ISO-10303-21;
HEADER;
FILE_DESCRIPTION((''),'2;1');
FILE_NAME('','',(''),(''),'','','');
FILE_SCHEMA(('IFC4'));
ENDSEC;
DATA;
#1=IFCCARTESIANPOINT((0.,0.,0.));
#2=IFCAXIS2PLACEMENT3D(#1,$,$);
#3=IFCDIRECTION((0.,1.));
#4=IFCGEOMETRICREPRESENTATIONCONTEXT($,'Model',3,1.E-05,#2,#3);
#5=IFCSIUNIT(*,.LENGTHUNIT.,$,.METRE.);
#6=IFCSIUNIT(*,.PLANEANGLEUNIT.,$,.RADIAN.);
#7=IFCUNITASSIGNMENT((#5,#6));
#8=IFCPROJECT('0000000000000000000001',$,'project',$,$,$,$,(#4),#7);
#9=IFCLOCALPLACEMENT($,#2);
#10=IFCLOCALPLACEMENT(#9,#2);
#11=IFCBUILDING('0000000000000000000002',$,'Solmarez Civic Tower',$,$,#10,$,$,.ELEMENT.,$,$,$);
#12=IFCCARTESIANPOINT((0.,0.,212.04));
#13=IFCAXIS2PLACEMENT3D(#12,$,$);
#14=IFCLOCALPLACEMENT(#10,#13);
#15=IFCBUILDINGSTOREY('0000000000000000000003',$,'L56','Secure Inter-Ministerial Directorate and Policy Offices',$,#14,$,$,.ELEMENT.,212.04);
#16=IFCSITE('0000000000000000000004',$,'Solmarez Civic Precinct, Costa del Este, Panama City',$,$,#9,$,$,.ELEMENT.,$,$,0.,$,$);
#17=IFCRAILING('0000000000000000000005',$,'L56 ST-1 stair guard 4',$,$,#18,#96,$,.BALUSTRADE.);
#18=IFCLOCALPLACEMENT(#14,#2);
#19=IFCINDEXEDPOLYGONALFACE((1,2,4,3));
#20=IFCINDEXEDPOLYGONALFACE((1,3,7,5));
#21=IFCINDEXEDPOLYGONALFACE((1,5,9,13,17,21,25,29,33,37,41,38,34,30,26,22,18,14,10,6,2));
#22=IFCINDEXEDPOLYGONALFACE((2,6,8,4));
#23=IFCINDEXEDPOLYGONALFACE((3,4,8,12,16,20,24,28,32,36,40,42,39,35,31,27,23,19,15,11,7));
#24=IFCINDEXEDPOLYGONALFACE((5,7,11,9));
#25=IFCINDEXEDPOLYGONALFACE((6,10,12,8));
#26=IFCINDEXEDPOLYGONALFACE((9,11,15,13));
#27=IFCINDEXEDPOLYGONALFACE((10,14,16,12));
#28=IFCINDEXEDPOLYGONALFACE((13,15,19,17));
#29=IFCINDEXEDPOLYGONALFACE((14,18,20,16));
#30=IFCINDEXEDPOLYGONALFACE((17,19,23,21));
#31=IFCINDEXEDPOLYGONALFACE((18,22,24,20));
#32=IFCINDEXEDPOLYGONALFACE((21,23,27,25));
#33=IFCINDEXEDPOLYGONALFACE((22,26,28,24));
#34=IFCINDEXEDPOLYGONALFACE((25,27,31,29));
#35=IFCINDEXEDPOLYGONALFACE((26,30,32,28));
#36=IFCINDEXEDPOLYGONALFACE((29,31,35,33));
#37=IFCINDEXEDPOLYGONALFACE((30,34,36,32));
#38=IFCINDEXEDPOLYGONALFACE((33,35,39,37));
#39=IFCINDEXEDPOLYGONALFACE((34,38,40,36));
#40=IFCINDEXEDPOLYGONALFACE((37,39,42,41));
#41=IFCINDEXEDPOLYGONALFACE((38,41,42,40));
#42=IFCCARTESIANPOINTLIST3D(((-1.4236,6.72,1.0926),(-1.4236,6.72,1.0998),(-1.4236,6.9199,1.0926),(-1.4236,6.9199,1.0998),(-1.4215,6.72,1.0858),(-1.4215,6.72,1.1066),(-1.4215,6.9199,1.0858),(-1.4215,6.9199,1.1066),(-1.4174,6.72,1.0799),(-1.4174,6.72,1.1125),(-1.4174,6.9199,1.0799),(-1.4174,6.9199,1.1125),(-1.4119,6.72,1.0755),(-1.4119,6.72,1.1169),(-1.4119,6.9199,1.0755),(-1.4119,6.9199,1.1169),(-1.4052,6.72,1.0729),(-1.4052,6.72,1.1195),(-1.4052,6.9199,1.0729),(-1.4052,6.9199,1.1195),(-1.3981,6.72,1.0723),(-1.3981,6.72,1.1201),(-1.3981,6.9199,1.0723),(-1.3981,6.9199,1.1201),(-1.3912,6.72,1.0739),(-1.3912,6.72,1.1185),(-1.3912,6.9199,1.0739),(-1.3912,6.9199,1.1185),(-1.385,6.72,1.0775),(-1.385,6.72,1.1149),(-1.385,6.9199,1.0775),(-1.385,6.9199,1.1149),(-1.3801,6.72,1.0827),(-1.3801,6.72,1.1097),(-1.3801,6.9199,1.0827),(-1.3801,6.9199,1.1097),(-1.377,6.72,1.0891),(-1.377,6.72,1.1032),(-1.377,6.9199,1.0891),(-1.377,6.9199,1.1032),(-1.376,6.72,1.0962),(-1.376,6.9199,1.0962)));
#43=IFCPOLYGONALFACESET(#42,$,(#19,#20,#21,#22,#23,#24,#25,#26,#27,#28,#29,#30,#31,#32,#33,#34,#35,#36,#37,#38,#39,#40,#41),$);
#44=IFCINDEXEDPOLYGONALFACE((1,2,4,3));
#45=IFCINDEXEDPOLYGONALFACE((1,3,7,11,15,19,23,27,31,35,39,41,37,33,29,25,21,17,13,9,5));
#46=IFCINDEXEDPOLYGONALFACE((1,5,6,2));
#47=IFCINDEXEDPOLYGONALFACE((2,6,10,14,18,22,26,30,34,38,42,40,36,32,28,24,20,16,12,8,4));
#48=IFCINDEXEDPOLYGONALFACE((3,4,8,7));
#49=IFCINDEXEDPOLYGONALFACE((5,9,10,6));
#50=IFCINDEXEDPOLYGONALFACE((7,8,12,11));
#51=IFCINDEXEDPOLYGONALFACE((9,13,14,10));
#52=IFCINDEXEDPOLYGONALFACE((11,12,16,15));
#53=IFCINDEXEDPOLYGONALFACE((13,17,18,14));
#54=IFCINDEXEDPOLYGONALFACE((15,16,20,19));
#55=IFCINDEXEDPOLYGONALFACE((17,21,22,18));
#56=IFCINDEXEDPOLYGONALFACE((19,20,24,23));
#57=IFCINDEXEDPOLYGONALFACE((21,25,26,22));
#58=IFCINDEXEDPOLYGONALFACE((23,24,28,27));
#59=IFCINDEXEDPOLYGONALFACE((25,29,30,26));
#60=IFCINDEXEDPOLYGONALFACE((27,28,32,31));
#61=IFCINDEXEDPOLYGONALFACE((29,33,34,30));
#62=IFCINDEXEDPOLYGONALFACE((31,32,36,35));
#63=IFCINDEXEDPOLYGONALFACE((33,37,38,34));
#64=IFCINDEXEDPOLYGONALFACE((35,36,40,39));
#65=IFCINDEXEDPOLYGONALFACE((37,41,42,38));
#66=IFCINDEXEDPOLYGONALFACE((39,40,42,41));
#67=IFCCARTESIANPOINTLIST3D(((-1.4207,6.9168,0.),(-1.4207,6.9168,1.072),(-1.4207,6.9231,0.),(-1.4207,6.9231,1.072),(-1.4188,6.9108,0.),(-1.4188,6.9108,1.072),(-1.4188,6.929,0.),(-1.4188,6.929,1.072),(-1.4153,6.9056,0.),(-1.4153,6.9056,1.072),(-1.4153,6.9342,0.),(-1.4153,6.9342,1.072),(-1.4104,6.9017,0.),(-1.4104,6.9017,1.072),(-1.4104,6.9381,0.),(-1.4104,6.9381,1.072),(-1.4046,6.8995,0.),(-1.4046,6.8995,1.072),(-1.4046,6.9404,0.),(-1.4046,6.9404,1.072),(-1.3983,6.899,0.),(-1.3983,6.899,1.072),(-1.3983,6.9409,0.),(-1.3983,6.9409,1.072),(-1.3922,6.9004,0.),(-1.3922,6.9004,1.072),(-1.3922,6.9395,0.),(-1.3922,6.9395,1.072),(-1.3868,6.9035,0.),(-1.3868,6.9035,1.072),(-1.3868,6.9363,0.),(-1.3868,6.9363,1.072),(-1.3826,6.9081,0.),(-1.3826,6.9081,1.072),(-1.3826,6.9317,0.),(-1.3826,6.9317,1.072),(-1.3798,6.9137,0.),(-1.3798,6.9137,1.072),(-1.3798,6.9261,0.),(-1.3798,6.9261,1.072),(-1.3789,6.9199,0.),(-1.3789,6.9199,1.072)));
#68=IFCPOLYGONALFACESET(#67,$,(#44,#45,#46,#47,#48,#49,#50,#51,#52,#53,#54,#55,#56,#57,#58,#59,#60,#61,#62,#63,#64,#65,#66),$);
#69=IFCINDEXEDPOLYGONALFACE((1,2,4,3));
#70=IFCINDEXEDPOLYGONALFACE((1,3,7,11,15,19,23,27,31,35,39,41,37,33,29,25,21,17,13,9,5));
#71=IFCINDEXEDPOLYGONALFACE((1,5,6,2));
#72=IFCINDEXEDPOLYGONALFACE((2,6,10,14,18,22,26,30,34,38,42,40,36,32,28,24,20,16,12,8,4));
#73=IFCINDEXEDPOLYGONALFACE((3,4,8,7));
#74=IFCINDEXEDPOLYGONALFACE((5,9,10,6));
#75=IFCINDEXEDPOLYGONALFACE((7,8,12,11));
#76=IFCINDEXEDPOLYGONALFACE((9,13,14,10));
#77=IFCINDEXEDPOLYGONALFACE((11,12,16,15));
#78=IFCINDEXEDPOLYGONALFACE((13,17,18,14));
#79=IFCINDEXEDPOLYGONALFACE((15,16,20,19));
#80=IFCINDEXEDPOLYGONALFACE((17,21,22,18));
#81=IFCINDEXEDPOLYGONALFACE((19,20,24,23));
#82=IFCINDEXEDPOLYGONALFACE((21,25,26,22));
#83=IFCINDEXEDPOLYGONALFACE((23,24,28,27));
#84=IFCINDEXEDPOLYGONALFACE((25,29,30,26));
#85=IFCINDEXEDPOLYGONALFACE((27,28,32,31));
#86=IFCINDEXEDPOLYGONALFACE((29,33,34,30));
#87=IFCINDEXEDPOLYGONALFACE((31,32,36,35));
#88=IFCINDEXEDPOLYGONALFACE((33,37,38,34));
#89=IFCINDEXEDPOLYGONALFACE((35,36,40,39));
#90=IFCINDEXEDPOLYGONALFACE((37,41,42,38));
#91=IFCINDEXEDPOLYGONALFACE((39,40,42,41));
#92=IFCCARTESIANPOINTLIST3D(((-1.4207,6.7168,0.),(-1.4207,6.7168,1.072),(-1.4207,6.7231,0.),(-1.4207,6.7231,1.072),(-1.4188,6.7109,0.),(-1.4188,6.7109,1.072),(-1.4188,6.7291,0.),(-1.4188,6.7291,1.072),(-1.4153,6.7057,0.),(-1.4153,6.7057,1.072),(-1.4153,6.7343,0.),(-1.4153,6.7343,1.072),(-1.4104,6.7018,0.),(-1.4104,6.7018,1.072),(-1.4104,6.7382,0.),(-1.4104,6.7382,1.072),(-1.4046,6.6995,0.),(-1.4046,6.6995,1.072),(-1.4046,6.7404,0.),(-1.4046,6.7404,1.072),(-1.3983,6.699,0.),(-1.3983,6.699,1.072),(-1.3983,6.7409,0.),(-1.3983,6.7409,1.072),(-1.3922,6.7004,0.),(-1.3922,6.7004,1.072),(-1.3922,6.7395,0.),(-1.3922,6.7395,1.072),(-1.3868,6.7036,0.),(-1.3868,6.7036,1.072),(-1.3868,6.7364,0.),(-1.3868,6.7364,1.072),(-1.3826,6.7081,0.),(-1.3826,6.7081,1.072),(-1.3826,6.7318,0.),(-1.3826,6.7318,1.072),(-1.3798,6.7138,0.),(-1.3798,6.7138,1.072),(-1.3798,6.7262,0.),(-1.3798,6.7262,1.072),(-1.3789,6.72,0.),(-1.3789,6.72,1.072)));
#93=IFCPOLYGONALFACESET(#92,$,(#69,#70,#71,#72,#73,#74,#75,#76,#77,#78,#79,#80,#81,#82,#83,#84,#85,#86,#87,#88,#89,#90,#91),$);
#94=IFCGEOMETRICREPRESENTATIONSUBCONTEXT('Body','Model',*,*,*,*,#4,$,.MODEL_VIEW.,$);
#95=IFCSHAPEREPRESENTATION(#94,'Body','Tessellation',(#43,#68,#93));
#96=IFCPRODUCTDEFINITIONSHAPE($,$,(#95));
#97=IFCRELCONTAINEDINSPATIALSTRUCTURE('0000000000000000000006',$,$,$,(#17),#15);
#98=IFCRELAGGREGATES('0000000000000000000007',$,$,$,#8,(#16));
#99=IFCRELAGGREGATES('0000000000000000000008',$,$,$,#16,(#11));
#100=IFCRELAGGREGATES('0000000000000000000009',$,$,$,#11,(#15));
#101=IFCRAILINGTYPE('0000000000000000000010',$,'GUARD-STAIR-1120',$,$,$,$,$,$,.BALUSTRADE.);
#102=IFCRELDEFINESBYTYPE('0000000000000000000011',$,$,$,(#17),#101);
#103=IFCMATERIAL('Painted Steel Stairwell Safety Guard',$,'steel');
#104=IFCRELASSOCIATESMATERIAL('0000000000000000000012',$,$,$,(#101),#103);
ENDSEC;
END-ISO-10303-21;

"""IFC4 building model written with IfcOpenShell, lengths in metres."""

from ifc_helpers import new_model, si_unit, direction, frame, origin, origin_2d, place, context, subcontext, project, spatial, circle, extrude, material, type_object, element, save


model = new_model("IFC4")

# Units and contexts
model_context = context("Model", 3, precision=1e-05, world=origin(), true_north=direction((0.0, 1.0)))
body_context = subcontext(model_context, "Body", "Model", "MODEL_VIEW")
ifc_project = project(units=[si_unit("LENGTHUNIT", "METRE"), si_unit("PLANEANGLEUNIT", "RADIAN")], contexts=[model_context])

# Site, building, storey
site_placement = place(None, origin())
site = spatial("IfcSite", under=ifc_project, at=site_placement, Name="Solmarez Civic Precinct, Costa del Este, Panama City", CompositionType="ELEMENT", RefElevation=0.0)
building_placement = place(site_placement, origin())
building = spatial("IfcBuilding", under=site, at=building_placement, Name="Solmarez Civic Tower", CompositionType="ELEMENT")
storey_placement = place(building_placement, frame((0.0, 0.0, 212.04)))
storey = spatial("IfcBuildingStorey", under=building, at=storey_placement, Name="L56", Description="Secure Inter-Ministerial Directorate and Policy Offices", CompositionType="ELEMENT", Elevation=212.04)

# Railing
ifc_material_1 = material(Name="Painted Steel Stairwell Safety Guard", Category="steel")
railing_type_1 = type_object("IfcRailingType", Name="GUARD-STAIR-1120", PredefinedType="BALUSTRADE", material=ifc_material_1)
railing_1_placement = place(storey_placement, frame((-1.3999, 6.9199, 0.0)))
element("IfcRailing", 1, at=railing_1_placement, inside=storey, type_object=railing_type_1, Name="L56 ST-1 stair guard 4", PredefinedType="BALUSTRADE", context=body_context, shape_type="SweptSolid", body=[
    extrude(circle(Radius=0.0239, at=origin_2d()), frame((0.0, 0.0, 1.0962), z_axis=(0.0, -1.0, 0.0), x_axis=(1.0, 0.0, 0.0)), (0.0, 0.0, 1.0), 0.2),
    extrude(circle(Radius=0.021, at=origin_2d()), origin(), (0.0, 0.0, 1.0), 1.072),
    extrude(circle(Radius=0.021, at=origin_2d()), frame((0.0, -0.2, 0.0)), (0.0, 0.0, 1.0), 1.072),
])

save(model, "model.ifc")
